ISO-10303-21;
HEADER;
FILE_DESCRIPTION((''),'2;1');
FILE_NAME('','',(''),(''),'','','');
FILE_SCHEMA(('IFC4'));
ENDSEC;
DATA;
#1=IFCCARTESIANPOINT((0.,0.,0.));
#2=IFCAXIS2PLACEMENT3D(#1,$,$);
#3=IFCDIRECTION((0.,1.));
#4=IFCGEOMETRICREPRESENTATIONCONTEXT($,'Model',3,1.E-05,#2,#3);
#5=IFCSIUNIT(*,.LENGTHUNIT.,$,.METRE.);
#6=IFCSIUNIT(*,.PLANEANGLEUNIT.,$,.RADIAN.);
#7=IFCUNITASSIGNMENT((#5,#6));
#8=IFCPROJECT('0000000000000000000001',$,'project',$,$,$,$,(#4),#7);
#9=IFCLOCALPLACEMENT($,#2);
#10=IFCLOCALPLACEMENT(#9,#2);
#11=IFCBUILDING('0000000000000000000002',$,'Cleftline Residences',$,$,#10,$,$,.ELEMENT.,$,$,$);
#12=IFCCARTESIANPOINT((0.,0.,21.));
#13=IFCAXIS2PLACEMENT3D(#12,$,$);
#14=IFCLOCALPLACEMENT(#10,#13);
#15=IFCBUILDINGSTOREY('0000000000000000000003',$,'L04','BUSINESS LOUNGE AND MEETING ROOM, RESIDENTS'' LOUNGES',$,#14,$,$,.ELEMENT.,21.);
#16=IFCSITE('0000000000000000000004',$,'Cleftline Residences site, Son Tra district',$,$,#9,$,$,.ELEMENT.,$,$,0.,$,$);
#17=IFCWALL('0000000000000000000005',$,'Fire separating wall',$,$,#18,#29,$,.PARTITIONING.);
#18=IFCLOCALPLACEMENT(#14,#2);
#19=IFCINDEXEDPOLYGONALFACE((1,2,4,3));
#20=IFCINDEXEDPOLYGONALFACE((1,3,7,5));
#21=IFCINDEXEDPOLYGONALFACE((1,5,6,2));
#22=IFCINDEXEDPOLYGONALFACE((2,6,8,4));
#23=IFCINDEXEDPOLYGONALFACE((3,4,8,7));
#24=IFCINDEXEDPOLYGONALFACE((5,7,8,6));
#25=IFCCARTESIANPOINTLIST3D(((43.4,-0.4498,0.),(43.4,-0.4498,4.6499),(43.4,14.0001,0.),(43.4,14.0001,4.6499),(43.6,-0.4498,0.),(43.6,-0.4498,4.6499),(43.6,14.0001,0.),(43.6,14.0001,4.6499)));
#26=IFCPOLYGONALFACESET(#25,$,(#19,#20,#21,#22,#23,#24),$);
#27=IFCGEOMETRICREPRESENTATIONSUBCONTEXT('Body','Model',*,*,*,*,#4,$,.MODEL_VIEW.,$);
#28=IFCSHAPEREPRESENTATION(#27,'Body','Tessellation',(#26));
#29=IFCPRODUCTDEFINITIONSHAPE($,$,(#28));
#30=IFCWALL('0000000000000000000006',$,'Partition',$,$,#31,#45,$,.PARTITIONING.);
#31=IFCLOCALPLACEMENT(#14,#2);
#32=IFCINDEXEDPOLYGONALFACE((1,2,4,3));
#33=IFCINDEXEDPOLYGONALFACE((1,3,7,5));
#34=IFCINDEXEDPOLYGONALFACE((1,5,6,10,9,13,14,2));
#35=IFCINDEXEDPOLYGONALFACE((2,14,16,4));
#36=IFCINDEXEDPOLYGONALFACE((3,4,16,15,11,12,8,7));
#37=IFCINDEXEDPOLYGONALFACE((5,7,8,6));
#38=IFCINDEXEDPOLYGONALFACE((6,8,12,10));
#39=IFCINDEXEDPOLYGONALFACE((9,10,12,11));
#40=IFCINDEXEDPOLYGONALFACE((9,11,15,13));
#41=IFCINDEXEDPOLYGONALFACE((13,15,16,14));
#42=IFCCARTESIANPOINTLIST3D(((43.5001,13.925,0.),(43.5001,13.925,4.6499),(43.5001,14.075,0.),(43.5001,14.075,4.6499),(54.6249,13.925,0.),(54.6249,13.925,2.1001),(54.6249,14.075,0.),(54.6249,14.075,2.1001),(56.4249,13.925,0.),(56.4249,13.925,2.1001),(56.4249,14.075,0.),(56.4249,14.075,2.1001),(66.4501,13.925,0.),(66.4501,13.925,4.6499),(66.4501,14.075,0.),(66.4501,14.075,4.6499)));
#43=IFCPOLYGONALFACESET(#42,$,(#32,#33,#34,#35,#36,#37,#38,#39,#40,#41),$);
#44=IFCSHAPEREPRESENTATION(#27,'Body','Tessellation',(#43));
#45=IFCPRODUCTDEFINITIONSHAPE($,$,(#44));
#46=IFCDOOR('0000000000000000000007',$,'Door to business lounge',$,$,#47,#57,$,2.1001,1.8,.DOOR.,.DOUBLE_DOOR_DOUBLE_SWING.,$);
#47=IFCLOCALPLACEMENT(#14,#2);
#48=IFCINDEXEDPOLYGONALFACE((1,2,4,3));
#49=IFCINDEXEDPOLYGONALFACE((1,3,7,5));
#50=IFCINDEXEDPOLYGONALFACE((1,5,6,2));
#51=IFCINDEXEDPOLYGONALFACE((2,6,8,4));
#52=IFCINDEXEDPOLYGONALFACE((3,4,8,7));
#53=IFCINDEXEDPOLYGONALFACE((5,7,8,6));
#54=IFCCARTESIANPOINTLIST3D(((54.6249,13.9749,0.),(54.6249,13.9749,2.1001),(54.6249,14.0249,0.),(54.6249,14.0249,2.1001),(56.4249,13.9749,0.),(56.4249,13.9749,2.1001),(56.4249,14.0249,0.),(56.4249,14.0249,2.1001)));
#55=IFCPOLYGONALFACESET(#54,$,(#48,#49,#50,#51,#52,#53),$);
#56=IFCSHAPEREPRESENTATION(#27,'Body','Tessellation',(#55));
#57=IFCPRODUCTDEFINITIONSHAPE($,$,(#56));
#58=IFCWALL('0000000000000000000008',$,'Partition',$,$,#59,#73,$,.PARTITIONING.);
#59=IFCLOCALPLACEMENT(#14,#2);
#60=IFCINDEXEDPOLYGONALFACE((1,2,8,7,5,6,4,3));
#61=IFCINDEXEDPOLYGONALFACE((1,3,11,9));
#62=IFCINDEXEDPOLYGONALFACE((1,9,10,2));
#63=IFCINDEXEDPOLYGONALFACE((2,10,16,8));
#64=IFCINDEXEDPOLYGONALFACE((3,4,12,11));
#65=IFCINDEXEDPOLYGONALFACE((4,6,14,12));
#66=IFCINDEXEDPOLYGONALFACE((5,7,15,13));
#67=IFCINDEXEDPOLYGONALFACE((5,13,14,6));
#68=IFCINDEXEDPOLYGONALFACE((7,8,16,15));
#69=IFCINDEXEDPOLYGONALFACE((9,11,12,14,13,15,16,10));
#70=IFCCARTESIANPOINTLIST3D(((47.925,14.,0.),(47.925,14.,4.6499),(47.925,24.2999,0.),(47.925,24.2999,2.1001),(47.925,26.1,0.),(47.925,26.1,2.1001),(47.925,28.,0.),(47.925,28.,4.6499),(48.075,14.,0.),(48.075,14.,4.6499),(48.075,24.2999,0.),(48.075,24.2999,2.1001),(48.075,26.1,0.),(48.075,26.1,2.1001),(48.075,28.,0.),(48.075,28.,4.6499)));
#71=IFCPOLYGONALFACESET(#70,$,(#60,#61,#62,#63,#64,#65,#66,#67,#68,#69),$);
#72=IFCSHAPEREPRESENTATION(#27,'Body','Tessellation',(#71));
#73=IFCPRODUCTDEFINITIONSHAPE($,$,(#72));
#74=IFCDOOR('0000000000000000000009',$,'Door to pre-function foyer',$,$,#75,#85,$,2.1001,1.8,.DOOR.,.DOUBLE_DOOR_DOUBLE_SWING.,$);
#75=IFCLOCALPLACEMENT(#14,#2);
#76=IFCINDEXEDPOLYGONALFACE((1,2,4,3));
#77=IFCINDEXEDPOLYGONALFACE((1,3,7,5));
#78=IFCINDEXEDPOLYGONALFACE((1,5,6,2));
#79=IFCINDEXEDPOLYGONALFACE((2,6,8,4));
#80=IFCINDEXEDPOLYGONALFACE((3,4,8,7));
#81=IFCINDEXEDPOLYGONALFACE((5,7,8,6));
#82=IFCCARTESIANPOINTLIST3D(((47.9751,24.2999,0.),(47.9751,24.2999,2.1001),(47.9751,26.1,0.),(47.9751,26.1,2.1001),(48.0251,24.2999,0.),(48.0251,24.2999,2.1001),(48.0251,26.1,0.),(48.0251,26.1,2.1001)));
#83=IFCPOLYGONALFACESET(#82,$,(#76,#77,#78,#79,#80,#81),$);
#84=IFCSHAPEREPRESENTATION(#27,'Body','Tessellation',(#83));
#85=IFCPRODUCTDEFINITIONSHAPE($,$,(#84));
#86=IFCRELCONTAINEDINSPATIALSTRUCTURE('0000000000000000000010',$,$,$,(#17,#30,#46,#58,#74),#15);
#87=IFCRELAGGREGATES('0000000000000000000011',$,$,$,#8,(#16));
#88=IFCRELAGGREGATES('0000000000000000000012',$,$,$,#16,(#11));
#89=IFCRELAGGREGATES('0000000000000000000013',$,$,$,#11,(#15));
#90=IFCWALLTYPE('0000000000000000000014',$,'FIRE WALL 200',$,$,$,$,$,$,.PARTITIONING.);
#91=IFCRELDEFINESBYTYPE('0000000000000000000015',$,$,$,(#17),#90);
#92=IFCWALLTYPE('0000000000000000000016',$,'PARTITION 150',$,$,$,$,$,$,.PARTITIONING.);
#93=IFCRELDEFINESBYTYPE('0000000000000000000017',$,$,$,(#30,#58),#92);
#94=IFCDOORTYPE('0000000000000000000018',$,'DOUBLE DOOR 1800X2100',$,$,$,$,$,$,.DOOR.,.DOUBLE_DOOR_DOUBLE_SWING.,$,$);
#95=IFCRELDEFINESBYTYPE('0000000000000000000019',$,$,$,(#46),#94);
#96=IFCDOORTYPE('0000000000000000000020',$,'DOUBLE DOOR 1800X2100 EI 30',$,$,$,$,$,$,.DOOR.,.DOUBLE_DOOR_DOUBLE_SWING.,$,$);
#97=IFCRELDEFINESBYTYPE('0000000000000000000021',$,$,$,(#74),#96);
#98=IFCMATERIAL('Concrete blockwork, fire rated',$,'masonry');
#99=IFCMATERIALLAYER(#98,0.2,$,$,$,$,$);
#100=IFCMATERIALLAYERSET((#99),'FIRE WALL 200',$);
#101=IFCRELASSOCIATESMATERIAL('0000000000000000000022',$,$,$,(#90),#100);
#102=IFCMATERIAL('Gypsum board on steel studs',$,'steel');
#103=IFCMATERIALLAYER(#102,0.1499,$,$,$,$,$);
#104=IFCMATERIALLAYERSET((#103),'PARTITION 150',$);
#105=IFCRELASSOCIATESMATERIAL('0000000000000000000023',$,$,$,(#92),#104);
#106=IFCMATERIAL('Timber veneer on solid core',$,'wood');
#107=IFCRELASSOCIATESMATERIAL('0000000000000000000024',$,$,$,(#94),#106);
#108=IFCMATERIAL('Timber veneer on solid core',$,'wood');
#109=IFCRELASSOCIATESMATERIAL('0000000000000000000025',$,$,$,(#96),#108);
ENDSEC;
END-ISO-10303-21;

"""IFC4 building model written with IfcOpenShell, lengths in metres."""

from ifc_helpers import new_model, si_unit, direction, frame, frame_2d, origin, place, context, subcontext, project, spatial, rectangle, extrude, material, layer, layer_set, type_object, element, fill, save


model = new_model("IFC4")

# Units and contexts
model_context = context("Model", 3, precision=1e-05, world=origin(), true_north=direction((0.0, 1.0)))
body_context = subcontext(model_context, "Body", "Model", "MODEL_VIEW")
ifc_project = project(units=[si_unit("LENGTHUNIT", "METRE"), si_unit("PLANEANGLEUNIT", "RADIAN")], contexts=[model_context])

# Site, building, storey
site_placement = place(None, origin())
site = spatial("IfcSite", under=ifc_project, at=site_placement, Name="Cleftline Residences site, Son Tra district", CompositionType="ELEMENT", RefElevation=0.0)
building_placement = place(site_placement, origin())
building = spatial("IfcBuilding", under=site, at=building_placement, Name="Cleftline Residences", CompositionType="ELEMENT")
storey_placement = place(building_placement, frame((0.0, 0.0, 21.0)))
storey = spatial("IfcBuildingStorey", under=building, at=storey_placement, Name="L04", Description="BUSINESS LOUNGE AND MEETING ROOM, RESIDENTS' LOUNGES", CompositionType="ELEMENT", Elevation=21.0)

# Wall
ifc_material_1 = material(Name="Concrete blockwork, fire rated", Category="masonry")
ifc_layer_1 = layer(ifc_material_1, 0.2)
ifc_layer_set_1 = layer_set([ifc_layer_1], Name="FIRE WALL 200")
wall_type_1 = type_object("IfcWallType", Name="FIRE WALL 200", PredefinedType="PARTITIONING", material=ifc_layer_set_1)
wall_1_placement = place(storey_placement, frame((43.5, -0.45, 0.0), z_axis=(0.0, 0.0, 1.0), x_axis=(0.0, 1.0, 0.0)))
element("IfcWall", 1, at=wall_1_placement, inside=storey, type_object=wall_type_1, Name="Fire separating wall", PredefinedType="PARTITIONING", context=body_context, shape_type="SweptSolid", body=[
    extrude(rectangle(XDim=14.45, YDim=0.2, at=frame_2d((7.2251, 0.0))), origin(), (0.0, 0.0, 1.0), 4.6499),
])

# Walls, openings, doors
ifc_material_2 = material(Name="Gypsum board on steel studs", Category="steel")
ifc_layer_2 = layer(ifc_material_2, 0.1499)
ifc_layer_set_2 = layer_set([ifc_layer_2], Name="PARTITION 150")
wall_type_2 = type_object("IfcWallType", Name="PARTITION 150", PredefinedType="PARTITIONING", material=ifc_layer_set_2)
wall_2_placement = place(storey_placement, frame((43.5, 14.0, 0.0), z_axis=(0.0, 0.0, 1.0), x_axis=(1.0, 0.0, 0.0)))
wall_2 = element("IfcWall", 2, at=wall_2_placement, inside=storey, type_object=wall_type_2, Name="Partition", PredefinedType="PARTITIONING", context=body_context, shape_type="SweptSolid", body=[
    extrude(rectangle(XDim=22.95, YDim=0.1499, at=frame_2d((11.4751, 0.0))), origin(), (0.0, 0.0, 1.0), 4.6499),
])
opening_1_placement = place(wall_2_placement, frame((11.125, 0.0, 0.0)))
opening_1 = element("IfcOpeningElement", 3, at=opening_1_placement, cuts=wall_2, PredefinedType="OPENING", context=body_context, shape_type="SweptSolid", body=[
    extrude(rectangle(XDim=1.8, YDim=2.1001, at=frame_2d((0.8999, 1.05))), frame((0.0, 0.085, 0.0), z_axis=(0.0, -1.0, 0.0), x_axis=(1.0, 0.0, 0.0)), (0.0, 0.0, 1.0), 0.1699),
])
ifc_material_3 = material(Name="Timber veneer on solid core", Category="wood")
door_type_1 = type_object("IfcDoorType", Name="DOUBLE DOOR 1800X2100", OperationType="DOUBLE_DOOR_DOUBLE_SWING", PredefinedType="DOOR", material=ifc_material_3)
door_1_placement = place(opening_1_placement, origin())
door_1 = element("IfcDoor", 4, at=door_1_placement, inside=storey, type_object=door_type_1, Name="Door to business lounge", OperationType="DOUBLE_DOOR_DOUBLE_SWING", OverallHeight=2.1001, OverallWidth=1.8, PredefinedType="DOOR", context=body_context, shape_type="SweptSolid", body=[
    extrude(rectangle(XDim=1.8, YDim=2.1001, at=frame_2d((0.8999, 1.05))), frame((0.0, 0.0249, 0.0), z_axis=(0.0, -1.0, 0.0), x_axis=(1.0, 0.0, 0.0)), (0.0, 0.0, 1.0), 0.05),
])
fill(opening_1, door_1)
wall_3_placement = place(storey_placement, frame((48.0, 14.0, 0.0), z_axis=(0.0, 0.0, 1.0), x_axis=(0.0, 1.0, 0.0)))
wall_3 = element("IfcWall", 5, at=wall_3_placement, inside=storey, type_object=wall_type_2, Name="Partition", PredefinedType="PARTITIONING", context=body_context, shape_type="SweptSolid", body=[
    extrude(rectangle(XDim=14.0, YDim=0.1499, at=frame_2d((7.0, 0.0))), origin(), (0.0, 0.0, 1.0), 4.6499),
])
opening_2_placement = place(wall_3_placement, frame((10.3, 0.0, 0.0)))
opening_2 = element("IfcOpeningElement", 6, at=opening_2_placement, cuts=wall_3, PredefinedType="OPENING", context=body_context, shape_type="SweptSolid", body=[
    extrude(rectangle(XDim=1.8, YDim=2.1001, at=frame_2d((0.8999, 1.05))), frame((0.0, 0.085, 0.0), z_axis=(0.0, -1.0, 0.0), x_axis=(1.0, 0.0, 0.0)), (0.0, 0.0, 1.0), 0.1699),
])
ifc_material_4 = material(Name="Timber veneer on solid core", Category="wood")
door_type_2 = type_object("IfcDoorType", Name="DOUBLE DOOR 1800X2100 EI 30", OperationType="DOUBLE_DOOR_DOUBLE_SWING", PredefinedType="DOOR", material=ifc_material_4)
door_2_placement = place(opening_2_placement, origin())
door_2 = element("IfcDoor", 7, at=door_2_placement, inside=storey, type_object=door_type_2, Name="Door to pre-function foyer", OperationType="DOUBLE_DOOR_DOUBLE_SWING", OverallHeight=2.1001, OverallWidth=1.8, PredefinedType="DOOR", context=body_context, shape_type="SweptSolid", body=[
    extrude(rectangle(XDim=1.8, YDim=2.1001, at=frame_2d((0.8999, 1.05))), frame((0.0, 0.0249, 0.0), z_axis=(0.0, -1.0, 0.0), x_axis=(1.0, 0.0, 0.0)), (0.0, 0.0, 1.0), 0.05),
])
fill(opening_2, door_2)

save(model, "model.ifc")
